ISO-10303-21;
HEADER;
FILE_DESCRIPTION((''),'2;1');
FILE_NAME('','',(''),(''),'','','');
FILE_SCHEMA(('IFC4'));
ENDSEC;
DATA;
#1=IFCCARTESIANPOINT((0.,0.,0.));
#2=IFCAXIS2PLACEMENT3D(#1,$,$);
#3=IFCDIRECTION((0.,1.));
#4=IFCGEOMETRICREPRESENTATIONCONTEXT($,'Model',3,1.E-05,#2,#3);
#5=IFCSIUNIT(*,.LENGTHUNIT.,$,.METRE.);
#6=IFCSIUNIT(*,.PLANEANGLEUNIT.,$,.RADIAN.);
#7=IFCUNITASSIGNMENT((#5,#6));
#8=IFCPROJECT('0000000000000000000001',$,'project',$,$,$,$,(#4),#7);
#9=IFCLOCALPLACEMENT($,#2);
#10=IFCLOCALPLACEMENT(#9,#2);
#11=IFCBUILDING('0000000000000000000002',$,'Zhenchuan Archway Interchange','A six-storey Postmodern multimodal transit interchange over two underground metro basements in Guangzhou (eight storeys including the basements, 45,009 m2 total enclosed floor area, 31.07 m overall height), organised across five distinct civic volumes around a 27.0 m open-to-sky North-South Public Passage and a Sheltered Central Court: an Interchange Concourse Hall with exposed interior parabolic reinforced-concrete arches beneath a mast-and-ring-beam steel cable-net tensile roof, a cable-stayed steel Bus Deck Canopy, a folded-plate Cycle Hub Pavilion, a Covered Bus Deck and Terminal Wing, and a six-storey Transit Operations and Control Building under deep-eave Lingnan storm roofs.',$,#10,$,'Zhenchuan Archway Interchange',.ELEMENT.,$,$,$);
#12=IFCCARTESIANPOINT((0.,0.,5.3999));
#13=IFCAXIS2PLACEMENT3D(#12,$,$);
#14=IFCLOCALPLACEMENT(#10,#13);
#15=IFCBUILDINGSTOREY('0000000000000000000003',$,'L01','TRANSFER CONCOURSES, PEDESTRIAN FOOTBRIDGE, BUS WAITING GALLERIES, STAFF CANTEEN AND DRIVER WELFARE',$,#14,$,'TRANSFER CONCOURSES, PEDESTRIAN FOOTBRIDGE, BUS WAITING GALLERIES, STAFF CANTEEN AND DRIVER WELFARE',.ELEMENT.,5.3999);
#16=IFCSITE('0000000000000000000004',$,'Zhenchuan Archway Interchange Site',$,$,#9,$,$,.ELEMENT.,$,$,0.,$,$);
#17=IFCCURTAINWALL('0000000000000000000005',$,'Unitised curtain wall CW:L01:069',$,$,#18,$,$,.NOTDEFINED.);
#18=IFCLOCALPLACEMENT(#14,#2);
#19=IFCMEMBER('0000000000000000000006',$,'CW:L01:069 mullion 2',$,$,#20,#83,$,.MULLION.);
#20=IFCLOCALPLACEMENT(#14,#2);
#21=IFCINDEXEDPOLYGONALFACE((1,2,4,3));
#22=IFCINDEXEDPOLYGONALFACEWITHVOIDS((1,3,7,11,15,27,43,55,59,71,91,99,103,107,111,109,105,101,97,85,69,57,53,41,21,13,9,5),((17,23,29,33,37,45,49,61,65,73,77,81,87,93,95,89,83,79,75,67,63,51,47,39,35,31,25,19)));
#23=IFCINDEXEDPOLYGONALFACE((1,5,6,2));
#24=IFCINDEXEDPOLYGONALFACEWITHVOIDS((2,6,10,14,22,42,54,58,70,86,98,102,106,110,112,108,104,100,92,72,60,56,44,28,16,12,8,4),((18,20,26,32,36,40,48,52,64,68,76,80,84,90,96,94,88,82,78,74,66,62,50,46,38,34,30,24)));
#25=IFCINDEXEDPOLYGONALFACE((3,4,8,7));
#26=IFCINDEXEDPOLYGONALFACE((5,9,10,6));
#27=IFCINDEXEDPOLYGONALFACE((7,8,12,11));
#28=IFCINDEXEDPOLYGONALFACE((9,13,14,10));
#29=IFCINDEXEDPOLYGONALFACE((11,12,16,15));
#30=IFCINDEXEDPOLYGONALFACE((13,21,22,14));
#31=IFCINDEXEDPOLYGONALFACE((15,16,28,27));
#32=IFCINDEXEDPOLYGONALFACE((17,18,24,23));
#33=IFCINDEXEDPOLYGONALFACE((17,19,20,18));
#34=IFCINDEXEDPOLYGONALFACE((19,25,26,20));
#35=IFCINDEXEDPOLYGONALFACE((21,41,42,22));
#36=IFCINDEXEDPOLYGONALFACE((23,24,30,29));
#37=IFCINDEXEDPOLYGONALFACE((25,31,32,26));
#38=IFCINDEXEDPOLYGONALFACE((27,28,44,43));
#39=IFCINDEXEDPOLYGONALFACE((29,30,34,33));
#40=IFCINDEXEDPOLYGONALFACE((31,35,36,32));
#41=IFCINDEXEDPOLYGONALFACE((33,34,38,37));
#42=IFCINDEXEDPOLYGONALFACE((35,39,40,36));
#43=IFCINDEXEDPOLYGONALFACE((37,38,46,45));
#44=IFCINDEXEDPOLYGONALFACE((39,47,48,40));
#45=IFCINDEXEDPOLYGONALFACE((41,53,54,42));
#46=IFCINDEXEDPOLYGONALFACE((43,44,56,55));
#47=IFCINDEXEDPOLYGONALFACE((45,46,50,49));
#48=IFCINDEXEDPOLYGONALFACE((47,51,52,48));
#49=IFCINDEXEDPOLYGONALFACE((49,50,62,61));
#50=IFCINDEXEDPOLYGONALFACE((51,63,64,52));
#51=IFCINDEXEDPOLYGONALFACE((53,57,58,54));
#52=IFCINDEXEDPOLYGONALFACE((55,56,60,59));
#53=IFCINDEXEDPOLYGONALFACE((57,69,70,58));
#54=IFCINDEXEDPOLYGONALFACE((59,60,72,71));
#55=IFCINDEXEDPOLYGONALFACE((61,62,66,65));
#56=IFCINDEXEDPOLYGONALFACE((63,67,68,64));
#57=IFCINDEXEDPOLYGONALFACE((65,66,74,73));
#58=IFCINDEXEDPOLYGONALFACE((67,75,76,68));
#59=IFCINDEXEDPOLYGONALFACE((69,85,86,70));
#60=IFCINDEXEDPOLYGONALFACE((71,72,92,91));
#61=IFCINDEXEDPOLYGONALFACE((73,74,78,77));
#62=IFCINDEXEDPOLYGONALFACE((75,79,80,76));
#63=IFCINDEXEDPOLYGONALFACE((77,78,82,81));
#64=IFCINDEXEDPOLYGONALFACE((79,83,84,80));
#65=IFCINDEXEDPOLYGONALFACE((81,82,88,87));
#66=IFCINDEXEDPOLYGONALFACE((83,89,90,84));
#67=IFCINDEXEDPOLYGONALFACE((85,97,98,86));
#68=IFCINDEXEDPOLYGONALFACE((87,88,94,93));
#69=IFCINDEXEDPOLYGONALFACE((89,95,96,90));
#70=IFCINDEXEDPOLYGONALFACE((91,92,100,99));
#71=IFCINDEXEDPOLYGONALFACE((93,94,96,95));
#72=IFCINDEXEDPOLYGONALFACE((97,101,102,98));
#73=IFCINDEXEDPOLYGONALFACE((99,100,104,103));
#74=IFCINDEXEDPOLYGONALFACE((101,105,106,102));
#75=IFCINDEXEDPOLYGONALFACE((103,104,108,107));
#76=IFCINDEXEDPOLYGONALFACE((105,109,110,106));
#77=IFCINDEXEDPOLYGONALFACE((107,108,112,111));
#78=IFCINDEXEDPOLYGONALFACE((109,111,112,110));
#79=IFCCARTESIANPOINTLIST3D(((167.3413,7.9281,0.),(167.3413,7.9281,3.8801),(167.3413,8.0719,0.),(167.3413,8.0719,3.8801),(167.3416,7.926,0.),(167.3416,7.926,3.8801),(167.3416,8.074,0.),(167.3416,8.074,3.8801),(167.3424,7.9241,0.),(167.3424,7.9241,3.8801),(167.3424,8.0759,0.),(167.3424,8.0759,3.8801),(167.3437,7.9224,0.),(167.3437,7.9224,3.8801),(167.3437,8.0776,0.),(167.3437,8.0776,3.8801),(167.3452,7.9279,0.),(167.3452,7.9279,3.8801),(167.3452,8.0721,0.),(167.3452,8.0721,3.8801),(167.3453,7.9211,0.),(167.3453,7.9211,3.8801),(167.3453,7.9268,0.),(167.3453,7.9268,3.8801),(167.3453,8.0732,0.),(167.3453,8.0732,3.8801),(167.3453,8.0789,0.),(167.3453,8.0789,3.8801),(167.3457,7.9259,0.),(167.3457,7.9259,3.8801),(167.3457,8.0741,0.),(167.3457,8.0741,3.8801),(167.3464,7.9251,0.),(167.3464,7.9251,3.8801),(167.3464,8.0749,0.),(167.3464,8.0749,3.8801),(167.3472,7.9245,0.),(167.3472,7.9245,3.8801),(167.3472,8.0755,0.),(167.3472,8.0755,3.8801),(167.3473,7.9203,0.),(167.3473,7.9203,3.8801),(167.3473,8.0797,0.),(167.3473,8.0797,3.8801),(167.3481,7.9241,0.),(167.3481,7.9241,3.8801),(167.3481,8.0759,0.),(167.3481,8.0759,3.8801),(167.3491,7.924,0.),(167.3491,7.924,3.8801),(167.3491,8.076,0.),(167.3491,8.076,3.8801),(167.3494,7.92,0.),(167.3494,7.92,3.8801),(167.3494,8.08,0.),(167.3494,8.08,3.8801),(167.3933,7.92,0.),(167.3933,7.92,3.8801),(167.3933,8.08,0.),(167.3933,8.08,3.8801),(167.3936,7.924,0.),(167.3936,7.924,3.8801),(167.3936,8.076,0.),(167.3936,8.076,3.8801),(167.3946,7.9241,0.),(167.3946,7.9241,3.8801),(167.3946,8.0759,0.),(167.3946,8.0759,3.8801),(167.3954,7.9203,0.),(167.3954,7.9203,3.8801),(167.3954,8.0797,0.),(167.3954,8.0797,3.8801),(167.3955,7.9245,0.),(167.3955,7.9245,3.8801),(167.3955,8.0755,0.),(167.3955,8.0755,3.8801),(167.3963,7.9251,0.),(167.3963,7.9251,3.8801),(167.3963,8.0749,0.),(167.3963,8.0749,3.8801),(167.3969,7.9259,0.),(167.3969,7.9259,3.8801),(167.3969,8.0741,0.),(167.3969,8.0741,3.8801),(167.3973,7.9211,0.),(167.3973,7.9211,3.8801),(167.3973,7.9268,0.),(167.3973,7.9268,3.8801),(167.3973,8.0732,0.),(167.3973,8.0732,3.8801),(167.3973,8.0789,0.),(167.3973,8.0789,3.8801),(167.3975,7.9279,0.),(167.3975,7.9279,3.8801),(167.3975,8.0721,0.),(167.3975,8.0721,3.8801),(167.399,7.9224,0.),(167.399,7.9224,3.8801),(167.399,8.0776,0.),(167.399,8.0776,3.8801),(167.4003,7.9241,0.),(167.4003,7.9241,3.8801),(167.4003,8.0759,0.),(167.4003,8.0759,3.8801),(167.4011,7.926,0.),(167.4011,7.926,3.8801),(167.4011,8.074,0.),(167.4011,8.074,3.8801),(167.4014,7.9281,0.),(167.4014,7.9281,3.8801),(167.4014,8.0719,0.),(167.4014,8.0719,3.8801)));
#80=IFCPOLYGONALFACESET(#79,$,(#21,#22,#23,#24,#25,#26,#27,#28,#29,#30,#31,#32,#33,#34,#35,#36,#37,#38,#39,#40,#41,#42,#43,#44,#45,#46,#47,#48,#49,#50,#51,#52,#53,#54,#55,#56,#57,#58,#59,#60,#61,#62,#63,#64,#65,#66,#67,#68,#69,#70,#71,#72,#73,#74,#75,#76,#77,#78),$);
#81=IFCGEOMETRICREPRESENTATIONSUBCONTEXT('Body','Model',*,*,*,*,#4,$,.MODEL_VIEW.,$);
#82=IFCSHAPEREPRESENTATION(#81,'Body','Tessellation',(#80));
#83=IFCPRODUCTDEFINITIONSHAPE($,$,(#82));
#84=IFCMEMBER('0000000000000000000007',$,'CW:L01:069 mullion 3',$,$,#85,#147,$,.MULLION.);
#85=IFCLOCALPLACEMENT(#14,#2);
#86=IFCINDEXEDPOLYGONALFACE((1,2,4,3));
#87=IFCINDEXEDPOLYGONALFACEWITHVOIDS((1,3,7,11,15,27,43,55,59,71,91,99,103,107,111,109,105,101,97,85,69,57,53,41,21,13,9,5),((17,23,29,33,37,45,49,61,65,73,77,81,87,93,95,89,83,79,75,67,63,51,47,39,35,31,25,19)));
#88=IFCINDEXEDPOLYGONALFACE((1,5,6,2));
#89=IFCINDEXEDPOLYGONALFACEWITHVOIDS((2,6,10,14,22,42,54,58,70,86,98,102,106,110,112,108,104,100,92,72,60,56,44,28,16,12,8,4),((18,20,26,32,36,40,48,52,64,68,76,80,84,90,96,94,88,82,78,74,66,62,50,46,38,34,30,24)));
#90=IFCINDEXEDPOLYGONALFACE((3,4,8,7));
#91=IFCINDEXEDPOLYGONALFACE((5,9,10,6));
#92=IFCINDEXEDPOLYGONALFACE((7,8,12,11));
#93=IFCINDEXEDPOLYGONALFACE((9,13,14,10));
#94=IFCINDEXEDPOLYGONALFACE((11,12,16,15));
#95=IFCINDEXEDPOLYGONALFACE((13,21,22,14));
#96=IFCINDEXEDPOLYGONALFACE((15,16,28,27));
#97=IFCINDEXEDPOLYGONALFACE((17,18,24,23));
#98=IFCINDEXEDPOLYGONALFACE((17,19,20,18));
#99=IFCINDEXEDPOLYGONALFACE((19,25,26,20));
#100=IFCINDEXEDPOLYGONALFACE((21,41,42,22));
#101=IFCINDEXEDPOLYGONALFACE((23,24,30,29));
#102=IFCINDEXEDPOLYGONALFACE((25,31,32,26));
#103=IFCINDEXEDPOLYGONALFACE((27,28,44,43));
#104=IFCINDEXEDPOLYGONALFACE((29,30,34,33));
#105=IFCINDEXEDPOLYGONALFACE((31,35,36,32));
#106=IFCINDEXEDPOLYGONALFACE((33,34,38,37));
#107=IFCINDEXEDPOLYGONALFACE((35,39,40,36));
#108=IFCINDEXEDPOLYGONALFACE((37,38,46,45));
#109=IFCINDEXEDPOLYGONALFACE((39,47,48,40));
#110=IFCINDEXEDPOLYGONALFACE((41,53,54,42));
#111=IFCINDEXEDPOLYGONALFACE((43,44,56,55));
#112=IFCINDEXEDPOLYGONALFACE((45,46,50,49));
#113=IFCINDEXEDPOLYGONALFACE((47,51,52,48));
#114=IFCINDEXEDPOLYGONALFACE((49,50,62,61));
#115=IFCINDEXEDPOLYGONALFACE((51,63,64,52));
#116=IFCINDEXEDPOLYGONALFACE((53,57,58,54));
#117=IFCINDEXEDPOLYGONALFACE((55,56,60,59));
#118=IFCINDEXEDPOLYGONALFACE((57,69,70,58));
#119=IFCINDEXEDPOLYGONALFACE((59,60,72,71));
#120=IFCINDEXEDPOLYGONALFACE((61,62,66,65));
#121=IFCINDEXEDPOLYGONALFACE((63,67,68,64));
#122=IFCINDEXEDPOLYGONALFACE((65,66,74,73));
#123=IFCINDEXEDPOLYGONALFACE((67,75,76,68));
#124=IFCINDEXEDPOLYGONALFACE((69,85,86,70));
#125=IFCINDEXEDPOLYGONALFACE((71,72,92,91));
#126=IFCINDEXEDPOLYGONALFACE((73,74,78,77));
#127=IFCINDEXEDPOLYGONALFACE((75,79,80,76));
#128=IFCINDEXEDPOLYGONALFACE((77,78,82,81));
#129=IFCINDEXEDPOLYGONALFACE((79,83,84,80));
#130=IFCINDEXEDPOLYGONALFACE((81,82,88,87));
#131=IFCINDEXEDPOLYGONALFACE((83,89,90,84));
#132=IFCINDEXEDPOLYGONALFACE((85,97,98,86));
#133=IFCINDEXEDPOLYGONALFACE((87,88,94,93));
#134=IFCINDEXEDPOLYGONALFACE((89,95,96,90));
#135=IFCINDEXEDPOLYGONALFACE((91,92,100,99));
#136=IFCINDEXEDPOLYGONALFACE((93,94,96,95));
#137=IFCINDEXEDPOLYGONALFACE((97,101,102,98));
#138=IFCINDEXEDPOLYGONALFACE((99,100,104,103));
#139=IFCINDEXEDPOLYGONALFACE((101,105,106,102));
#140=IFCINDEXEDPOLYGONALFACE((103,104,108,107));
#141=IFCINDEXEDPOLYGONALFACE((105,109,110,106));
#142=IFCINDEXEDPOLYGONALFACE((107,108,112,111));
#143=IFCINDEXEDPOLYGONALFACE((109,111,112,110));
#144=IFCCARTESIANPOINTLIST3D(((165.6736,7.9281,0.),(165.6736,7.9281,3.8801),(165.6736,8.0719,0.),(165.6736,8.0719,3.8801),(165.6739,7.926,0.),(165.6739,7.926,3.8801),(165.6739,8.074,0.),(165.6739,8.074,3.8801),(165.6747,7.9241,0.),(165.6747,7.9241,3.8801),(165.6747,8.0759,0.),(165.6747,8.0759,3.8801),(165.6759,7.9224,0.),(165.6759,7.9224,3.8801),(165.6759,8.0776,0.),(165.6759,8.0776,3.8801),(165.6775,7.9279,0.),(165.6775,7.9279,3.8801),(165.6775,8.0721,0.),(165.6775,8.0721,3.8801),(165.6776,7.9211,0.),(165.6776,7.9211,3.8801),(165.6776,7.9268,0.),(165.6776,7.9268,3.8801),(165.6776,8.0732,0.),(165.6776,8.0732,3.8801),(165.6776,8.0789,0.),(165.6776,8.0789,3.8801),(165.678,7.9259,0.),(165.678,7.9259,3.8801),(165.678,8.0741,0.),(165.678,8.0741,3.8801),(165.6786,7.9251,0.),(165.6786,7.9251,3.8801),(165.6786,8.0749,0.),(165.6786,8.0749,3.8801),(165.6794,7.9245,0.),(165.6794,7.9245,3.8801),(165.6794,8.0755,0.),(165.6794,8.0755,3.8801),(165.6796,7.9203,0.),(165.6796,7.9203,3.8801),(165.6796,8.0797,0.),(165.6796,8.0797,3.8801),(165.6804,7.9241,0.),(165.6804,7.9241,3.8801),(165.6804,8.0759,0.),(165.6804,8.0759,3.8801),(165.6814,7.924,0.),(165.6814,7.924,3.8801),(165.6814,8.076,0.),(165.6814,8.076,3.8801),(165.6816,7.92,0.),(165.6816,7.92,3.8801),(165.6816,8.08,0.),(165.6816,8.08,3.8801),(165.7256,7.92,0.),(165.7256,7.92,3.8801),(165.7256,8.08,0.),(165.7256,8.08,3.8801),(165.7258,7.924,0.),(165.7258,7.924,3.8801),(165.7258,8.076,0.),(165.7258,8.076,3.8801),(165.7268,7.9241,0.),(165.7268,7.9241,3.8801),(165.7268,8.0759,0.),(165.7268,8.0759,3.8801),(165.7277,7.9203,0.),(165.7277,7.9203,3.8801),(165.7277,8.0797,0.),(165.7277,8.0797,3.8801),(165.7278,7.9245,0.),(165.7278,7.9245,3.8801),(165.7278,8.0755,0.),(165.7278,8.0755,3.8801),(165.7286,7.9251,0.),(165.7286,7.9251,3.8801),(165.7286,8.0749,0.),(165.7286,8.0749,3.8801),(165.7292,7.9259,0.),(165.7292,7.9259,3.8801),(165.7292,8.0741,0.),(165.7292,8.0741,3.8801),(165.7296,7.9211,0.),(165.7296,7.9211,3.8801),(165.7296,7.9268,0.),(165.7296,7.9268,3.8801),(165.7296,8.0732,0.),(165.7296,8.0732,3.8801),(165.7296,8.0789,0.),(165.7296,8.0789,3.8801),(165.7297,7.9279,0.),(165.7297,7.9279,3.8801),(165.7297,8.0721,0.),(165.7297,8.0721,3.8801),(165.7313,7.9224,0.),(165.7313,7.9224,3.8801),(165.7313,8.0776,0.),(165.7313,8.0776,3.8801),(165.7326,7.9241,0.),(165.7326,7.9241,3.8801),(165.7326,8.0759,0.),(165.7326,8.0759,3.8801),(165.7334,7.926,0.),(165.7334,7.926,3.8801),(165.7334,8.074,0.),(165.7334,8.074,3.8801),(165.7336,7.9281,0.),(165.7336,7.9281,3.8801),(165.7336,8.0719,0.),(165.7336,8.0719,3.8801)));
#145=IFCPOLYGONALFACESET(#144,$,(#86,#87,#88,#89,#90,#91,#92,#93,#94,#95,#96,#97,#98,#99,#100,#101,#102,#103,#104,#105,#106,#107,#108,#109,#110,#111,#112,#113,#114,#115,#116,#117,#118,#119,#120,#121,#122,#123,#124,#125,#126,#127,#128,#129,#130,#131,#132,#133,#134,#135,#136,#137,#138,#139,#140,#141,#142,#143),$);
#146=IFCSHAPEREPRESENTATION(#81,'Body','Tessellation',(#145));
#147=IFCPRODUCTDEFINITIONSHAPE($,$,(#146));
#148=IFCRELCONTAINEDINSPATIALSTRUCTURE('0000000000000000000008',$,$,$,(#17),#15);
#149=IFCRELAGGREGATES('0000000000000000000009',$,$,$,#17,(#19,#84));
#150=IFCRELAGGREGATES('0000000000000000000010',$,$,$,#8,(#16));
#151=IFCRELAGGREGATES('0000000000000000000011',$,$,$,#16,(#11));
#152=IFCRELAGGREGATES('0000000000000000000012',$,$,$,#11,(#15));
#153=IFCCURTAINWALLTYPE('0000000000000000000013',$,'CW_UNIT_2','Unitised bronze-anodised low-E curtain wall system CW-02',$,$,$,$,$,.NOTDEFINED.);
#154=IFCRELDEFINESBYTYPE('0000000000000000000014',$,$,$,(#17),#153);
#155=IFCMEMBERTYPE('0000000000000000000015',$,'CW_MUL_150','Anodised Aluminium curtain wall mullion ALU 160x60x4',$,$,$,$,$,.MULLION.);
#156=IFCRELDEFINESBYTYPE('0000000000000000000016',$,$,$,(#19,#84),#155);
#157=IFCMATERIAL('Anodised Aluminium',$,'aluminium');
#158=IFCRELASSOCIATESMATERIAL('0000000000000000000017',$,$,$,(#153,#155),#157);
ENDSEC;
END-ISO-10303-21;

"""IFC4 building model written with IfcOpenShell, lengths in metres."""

from ifc_helpers import new_model, si_unit, direction, frame, origin, origin_2d, place, context, subcontext, project, spatial, hollow_rectangle, extrude, material, material_profile, profile_set, type_object, element, aggregate, save


model = new_model("IFC4")

# Units and contexts
model_context = context("Model", 3, precision=1e-05, world=origin(), true_north=direction((0.0, 1.0)))
body_context = subcontext(model_context, "Body", "Model", "MODEL_VIEW")
ifc_project = project(units=[si_unit("LENGTHUNIT", "METRE"), si_unit("PLANEANGLEUNIT", "RADIAN")], contexts=[model_context])

# Site, building, storey
site_placement = place(None, origin())
site = spatial("IfcSite", under=ifc_project, at=site_placement, Name="Zhenchuan Archway Interchange Site", CompositionType="ELEMENT", RefElevation=0.0)
building_placement = place(site_placement, origin())
building = spatial("IfcBuilding", under=site, at=building_placement, Name="Zhenchuan Archway Interchange", Description="A six-storey Postmodern multimodal transit interchange over two underground metro basements in Guangzhou (eight storeys including the basements, 45,009 m2 total enclosed floor area, 31.07 m overall height), organised across five distinct civic volumes around a 27.0 m open-to-sky North-South Public Passage and a Sheltered Central Court: an Interchange Concourse Hall with exposed interior parabolic reinforced-concrete arches beneath a mast-and-ring-beam steel cable-net tensile roof, a cable-stayed steel Bus Deck Canopy, a folded-plate Cycle Hub Pavilion, a Covered Bus Deck and Terminal Wing, and a six-storey Transit Operations and Control Building under deep-eave Lingnan storm roofs.", LongName="Zhenchuan Archway Interchange", CompositionType="ELEMENT")
storey_placement = place(building_placement, frame((0.0, 0.0, 5.3999)))
storey = spatial("IfcBuildingStorey", under=building, at=storey_placement, Name="L01", Description="TRANSFER CONCOURSES, PEDESTRIAN FOOTBRIDGE, BUS WAITING GALLERIES, STAFF CANTEEN AND DRIVER WELFARE", LongName="TRANSFER CONCOURSES, PEDESTRIAN FOOTBRIDGE, BUS WAITING GALLERIES, STAFF CANTEEN AND DRIVER WELFARE", CompositionType="ELEMENT", Elevation=5.3999)

# Curtain wall, members
ifc_material_1 = material(Name="Anodised Aluminium", Category="aluminium")
curtain_wall_type = type_object("IfcCurtainWallType", Name="CW_UNIT_2", Description="Unitised bronze-anodised low-E curtain wall system CW-02", PredefinedType="NOTDEFINED", material=ifc_material_1)
curtain_wall_placement = place(storey_placement, origin())
curtain_wall = element("IfcCurtainWall", 1, at=curtain_wall_placement, inside=storey, type_object=curtain_wall_type, Name="Unitised curtain wall CW:L01:069", PredefinedType="NOTDEFINED")
ifc_material_profile_1 = material_profile(ifc_material_1, hollow_rectangle(XDim=0.0601, YDim=0.1599, WallThickness=0.0039, InnerFilletRadius=0.0039, OuterFilletRadius=0.0081, at=origin_2d()), Name="ALU 160x60x4")
ifc_profile_set_1 = profile_set([ifc_material_profile_1], Name="Anodised Aluminium")
member_type_1 = type_object("IfcMemberType", Name="CW_MUL_150", Description="Anodised Aluminium curtain wall mullion ALU 160x60x4", PredefinedType="MULLION", material=ifc_profile_set_1)
member_1_placement = place(storey_placement, frame((167.3713, 8.0, 0.0), z_axis=(0.0, 0.0, 1.0), x_axis=(1.0, 0.0, 0.0)))
member_1 = element("IfcMember", 2, at=member_1_placement, type_object=member_type_1, Name="CW:L01:069 mullion 2", PredefinedType="MULLION", context=body_context, shape_type="SweptSolid", body=[
    extrude(hollow_rectangle(XDim=0.0601, YDim=0.1599, WallThickness=0.0039, InnerFilletRadius=0.0039, OuterFilletRadius=0.0081, at=origin_2d()), origin(), (0.0, 0.0, 1.0), 3.8801),
])
member_2_placement = place(storey_placement, frame((165.7036, 8.0, 0.0), z_axis=(0.0, 0.0, 1.0), x_axis=(1.0, 0.0, 0.0)))
member_2 = element("IfcMember", 3, at=member_2_placement, type_object=member_type_1, Name="CW:L01:069 mullion 3", PredefinedType="MULLION", context=body_context, shape_type="SweptSolid", body=[
    extrude(hollow_rectangle(XDim=0.0601, YDim=0.1599, WallThickness=0.0039, InnerFilletRadius=0.0039, OuterFilletRadius=0.0081, at=origin_2d()), origin(), (0.0, 0.0, 1.0), 3.8801),
])

aggregate(curtain_wall, [member_1, member_2])

save(model, "model.ifc")
